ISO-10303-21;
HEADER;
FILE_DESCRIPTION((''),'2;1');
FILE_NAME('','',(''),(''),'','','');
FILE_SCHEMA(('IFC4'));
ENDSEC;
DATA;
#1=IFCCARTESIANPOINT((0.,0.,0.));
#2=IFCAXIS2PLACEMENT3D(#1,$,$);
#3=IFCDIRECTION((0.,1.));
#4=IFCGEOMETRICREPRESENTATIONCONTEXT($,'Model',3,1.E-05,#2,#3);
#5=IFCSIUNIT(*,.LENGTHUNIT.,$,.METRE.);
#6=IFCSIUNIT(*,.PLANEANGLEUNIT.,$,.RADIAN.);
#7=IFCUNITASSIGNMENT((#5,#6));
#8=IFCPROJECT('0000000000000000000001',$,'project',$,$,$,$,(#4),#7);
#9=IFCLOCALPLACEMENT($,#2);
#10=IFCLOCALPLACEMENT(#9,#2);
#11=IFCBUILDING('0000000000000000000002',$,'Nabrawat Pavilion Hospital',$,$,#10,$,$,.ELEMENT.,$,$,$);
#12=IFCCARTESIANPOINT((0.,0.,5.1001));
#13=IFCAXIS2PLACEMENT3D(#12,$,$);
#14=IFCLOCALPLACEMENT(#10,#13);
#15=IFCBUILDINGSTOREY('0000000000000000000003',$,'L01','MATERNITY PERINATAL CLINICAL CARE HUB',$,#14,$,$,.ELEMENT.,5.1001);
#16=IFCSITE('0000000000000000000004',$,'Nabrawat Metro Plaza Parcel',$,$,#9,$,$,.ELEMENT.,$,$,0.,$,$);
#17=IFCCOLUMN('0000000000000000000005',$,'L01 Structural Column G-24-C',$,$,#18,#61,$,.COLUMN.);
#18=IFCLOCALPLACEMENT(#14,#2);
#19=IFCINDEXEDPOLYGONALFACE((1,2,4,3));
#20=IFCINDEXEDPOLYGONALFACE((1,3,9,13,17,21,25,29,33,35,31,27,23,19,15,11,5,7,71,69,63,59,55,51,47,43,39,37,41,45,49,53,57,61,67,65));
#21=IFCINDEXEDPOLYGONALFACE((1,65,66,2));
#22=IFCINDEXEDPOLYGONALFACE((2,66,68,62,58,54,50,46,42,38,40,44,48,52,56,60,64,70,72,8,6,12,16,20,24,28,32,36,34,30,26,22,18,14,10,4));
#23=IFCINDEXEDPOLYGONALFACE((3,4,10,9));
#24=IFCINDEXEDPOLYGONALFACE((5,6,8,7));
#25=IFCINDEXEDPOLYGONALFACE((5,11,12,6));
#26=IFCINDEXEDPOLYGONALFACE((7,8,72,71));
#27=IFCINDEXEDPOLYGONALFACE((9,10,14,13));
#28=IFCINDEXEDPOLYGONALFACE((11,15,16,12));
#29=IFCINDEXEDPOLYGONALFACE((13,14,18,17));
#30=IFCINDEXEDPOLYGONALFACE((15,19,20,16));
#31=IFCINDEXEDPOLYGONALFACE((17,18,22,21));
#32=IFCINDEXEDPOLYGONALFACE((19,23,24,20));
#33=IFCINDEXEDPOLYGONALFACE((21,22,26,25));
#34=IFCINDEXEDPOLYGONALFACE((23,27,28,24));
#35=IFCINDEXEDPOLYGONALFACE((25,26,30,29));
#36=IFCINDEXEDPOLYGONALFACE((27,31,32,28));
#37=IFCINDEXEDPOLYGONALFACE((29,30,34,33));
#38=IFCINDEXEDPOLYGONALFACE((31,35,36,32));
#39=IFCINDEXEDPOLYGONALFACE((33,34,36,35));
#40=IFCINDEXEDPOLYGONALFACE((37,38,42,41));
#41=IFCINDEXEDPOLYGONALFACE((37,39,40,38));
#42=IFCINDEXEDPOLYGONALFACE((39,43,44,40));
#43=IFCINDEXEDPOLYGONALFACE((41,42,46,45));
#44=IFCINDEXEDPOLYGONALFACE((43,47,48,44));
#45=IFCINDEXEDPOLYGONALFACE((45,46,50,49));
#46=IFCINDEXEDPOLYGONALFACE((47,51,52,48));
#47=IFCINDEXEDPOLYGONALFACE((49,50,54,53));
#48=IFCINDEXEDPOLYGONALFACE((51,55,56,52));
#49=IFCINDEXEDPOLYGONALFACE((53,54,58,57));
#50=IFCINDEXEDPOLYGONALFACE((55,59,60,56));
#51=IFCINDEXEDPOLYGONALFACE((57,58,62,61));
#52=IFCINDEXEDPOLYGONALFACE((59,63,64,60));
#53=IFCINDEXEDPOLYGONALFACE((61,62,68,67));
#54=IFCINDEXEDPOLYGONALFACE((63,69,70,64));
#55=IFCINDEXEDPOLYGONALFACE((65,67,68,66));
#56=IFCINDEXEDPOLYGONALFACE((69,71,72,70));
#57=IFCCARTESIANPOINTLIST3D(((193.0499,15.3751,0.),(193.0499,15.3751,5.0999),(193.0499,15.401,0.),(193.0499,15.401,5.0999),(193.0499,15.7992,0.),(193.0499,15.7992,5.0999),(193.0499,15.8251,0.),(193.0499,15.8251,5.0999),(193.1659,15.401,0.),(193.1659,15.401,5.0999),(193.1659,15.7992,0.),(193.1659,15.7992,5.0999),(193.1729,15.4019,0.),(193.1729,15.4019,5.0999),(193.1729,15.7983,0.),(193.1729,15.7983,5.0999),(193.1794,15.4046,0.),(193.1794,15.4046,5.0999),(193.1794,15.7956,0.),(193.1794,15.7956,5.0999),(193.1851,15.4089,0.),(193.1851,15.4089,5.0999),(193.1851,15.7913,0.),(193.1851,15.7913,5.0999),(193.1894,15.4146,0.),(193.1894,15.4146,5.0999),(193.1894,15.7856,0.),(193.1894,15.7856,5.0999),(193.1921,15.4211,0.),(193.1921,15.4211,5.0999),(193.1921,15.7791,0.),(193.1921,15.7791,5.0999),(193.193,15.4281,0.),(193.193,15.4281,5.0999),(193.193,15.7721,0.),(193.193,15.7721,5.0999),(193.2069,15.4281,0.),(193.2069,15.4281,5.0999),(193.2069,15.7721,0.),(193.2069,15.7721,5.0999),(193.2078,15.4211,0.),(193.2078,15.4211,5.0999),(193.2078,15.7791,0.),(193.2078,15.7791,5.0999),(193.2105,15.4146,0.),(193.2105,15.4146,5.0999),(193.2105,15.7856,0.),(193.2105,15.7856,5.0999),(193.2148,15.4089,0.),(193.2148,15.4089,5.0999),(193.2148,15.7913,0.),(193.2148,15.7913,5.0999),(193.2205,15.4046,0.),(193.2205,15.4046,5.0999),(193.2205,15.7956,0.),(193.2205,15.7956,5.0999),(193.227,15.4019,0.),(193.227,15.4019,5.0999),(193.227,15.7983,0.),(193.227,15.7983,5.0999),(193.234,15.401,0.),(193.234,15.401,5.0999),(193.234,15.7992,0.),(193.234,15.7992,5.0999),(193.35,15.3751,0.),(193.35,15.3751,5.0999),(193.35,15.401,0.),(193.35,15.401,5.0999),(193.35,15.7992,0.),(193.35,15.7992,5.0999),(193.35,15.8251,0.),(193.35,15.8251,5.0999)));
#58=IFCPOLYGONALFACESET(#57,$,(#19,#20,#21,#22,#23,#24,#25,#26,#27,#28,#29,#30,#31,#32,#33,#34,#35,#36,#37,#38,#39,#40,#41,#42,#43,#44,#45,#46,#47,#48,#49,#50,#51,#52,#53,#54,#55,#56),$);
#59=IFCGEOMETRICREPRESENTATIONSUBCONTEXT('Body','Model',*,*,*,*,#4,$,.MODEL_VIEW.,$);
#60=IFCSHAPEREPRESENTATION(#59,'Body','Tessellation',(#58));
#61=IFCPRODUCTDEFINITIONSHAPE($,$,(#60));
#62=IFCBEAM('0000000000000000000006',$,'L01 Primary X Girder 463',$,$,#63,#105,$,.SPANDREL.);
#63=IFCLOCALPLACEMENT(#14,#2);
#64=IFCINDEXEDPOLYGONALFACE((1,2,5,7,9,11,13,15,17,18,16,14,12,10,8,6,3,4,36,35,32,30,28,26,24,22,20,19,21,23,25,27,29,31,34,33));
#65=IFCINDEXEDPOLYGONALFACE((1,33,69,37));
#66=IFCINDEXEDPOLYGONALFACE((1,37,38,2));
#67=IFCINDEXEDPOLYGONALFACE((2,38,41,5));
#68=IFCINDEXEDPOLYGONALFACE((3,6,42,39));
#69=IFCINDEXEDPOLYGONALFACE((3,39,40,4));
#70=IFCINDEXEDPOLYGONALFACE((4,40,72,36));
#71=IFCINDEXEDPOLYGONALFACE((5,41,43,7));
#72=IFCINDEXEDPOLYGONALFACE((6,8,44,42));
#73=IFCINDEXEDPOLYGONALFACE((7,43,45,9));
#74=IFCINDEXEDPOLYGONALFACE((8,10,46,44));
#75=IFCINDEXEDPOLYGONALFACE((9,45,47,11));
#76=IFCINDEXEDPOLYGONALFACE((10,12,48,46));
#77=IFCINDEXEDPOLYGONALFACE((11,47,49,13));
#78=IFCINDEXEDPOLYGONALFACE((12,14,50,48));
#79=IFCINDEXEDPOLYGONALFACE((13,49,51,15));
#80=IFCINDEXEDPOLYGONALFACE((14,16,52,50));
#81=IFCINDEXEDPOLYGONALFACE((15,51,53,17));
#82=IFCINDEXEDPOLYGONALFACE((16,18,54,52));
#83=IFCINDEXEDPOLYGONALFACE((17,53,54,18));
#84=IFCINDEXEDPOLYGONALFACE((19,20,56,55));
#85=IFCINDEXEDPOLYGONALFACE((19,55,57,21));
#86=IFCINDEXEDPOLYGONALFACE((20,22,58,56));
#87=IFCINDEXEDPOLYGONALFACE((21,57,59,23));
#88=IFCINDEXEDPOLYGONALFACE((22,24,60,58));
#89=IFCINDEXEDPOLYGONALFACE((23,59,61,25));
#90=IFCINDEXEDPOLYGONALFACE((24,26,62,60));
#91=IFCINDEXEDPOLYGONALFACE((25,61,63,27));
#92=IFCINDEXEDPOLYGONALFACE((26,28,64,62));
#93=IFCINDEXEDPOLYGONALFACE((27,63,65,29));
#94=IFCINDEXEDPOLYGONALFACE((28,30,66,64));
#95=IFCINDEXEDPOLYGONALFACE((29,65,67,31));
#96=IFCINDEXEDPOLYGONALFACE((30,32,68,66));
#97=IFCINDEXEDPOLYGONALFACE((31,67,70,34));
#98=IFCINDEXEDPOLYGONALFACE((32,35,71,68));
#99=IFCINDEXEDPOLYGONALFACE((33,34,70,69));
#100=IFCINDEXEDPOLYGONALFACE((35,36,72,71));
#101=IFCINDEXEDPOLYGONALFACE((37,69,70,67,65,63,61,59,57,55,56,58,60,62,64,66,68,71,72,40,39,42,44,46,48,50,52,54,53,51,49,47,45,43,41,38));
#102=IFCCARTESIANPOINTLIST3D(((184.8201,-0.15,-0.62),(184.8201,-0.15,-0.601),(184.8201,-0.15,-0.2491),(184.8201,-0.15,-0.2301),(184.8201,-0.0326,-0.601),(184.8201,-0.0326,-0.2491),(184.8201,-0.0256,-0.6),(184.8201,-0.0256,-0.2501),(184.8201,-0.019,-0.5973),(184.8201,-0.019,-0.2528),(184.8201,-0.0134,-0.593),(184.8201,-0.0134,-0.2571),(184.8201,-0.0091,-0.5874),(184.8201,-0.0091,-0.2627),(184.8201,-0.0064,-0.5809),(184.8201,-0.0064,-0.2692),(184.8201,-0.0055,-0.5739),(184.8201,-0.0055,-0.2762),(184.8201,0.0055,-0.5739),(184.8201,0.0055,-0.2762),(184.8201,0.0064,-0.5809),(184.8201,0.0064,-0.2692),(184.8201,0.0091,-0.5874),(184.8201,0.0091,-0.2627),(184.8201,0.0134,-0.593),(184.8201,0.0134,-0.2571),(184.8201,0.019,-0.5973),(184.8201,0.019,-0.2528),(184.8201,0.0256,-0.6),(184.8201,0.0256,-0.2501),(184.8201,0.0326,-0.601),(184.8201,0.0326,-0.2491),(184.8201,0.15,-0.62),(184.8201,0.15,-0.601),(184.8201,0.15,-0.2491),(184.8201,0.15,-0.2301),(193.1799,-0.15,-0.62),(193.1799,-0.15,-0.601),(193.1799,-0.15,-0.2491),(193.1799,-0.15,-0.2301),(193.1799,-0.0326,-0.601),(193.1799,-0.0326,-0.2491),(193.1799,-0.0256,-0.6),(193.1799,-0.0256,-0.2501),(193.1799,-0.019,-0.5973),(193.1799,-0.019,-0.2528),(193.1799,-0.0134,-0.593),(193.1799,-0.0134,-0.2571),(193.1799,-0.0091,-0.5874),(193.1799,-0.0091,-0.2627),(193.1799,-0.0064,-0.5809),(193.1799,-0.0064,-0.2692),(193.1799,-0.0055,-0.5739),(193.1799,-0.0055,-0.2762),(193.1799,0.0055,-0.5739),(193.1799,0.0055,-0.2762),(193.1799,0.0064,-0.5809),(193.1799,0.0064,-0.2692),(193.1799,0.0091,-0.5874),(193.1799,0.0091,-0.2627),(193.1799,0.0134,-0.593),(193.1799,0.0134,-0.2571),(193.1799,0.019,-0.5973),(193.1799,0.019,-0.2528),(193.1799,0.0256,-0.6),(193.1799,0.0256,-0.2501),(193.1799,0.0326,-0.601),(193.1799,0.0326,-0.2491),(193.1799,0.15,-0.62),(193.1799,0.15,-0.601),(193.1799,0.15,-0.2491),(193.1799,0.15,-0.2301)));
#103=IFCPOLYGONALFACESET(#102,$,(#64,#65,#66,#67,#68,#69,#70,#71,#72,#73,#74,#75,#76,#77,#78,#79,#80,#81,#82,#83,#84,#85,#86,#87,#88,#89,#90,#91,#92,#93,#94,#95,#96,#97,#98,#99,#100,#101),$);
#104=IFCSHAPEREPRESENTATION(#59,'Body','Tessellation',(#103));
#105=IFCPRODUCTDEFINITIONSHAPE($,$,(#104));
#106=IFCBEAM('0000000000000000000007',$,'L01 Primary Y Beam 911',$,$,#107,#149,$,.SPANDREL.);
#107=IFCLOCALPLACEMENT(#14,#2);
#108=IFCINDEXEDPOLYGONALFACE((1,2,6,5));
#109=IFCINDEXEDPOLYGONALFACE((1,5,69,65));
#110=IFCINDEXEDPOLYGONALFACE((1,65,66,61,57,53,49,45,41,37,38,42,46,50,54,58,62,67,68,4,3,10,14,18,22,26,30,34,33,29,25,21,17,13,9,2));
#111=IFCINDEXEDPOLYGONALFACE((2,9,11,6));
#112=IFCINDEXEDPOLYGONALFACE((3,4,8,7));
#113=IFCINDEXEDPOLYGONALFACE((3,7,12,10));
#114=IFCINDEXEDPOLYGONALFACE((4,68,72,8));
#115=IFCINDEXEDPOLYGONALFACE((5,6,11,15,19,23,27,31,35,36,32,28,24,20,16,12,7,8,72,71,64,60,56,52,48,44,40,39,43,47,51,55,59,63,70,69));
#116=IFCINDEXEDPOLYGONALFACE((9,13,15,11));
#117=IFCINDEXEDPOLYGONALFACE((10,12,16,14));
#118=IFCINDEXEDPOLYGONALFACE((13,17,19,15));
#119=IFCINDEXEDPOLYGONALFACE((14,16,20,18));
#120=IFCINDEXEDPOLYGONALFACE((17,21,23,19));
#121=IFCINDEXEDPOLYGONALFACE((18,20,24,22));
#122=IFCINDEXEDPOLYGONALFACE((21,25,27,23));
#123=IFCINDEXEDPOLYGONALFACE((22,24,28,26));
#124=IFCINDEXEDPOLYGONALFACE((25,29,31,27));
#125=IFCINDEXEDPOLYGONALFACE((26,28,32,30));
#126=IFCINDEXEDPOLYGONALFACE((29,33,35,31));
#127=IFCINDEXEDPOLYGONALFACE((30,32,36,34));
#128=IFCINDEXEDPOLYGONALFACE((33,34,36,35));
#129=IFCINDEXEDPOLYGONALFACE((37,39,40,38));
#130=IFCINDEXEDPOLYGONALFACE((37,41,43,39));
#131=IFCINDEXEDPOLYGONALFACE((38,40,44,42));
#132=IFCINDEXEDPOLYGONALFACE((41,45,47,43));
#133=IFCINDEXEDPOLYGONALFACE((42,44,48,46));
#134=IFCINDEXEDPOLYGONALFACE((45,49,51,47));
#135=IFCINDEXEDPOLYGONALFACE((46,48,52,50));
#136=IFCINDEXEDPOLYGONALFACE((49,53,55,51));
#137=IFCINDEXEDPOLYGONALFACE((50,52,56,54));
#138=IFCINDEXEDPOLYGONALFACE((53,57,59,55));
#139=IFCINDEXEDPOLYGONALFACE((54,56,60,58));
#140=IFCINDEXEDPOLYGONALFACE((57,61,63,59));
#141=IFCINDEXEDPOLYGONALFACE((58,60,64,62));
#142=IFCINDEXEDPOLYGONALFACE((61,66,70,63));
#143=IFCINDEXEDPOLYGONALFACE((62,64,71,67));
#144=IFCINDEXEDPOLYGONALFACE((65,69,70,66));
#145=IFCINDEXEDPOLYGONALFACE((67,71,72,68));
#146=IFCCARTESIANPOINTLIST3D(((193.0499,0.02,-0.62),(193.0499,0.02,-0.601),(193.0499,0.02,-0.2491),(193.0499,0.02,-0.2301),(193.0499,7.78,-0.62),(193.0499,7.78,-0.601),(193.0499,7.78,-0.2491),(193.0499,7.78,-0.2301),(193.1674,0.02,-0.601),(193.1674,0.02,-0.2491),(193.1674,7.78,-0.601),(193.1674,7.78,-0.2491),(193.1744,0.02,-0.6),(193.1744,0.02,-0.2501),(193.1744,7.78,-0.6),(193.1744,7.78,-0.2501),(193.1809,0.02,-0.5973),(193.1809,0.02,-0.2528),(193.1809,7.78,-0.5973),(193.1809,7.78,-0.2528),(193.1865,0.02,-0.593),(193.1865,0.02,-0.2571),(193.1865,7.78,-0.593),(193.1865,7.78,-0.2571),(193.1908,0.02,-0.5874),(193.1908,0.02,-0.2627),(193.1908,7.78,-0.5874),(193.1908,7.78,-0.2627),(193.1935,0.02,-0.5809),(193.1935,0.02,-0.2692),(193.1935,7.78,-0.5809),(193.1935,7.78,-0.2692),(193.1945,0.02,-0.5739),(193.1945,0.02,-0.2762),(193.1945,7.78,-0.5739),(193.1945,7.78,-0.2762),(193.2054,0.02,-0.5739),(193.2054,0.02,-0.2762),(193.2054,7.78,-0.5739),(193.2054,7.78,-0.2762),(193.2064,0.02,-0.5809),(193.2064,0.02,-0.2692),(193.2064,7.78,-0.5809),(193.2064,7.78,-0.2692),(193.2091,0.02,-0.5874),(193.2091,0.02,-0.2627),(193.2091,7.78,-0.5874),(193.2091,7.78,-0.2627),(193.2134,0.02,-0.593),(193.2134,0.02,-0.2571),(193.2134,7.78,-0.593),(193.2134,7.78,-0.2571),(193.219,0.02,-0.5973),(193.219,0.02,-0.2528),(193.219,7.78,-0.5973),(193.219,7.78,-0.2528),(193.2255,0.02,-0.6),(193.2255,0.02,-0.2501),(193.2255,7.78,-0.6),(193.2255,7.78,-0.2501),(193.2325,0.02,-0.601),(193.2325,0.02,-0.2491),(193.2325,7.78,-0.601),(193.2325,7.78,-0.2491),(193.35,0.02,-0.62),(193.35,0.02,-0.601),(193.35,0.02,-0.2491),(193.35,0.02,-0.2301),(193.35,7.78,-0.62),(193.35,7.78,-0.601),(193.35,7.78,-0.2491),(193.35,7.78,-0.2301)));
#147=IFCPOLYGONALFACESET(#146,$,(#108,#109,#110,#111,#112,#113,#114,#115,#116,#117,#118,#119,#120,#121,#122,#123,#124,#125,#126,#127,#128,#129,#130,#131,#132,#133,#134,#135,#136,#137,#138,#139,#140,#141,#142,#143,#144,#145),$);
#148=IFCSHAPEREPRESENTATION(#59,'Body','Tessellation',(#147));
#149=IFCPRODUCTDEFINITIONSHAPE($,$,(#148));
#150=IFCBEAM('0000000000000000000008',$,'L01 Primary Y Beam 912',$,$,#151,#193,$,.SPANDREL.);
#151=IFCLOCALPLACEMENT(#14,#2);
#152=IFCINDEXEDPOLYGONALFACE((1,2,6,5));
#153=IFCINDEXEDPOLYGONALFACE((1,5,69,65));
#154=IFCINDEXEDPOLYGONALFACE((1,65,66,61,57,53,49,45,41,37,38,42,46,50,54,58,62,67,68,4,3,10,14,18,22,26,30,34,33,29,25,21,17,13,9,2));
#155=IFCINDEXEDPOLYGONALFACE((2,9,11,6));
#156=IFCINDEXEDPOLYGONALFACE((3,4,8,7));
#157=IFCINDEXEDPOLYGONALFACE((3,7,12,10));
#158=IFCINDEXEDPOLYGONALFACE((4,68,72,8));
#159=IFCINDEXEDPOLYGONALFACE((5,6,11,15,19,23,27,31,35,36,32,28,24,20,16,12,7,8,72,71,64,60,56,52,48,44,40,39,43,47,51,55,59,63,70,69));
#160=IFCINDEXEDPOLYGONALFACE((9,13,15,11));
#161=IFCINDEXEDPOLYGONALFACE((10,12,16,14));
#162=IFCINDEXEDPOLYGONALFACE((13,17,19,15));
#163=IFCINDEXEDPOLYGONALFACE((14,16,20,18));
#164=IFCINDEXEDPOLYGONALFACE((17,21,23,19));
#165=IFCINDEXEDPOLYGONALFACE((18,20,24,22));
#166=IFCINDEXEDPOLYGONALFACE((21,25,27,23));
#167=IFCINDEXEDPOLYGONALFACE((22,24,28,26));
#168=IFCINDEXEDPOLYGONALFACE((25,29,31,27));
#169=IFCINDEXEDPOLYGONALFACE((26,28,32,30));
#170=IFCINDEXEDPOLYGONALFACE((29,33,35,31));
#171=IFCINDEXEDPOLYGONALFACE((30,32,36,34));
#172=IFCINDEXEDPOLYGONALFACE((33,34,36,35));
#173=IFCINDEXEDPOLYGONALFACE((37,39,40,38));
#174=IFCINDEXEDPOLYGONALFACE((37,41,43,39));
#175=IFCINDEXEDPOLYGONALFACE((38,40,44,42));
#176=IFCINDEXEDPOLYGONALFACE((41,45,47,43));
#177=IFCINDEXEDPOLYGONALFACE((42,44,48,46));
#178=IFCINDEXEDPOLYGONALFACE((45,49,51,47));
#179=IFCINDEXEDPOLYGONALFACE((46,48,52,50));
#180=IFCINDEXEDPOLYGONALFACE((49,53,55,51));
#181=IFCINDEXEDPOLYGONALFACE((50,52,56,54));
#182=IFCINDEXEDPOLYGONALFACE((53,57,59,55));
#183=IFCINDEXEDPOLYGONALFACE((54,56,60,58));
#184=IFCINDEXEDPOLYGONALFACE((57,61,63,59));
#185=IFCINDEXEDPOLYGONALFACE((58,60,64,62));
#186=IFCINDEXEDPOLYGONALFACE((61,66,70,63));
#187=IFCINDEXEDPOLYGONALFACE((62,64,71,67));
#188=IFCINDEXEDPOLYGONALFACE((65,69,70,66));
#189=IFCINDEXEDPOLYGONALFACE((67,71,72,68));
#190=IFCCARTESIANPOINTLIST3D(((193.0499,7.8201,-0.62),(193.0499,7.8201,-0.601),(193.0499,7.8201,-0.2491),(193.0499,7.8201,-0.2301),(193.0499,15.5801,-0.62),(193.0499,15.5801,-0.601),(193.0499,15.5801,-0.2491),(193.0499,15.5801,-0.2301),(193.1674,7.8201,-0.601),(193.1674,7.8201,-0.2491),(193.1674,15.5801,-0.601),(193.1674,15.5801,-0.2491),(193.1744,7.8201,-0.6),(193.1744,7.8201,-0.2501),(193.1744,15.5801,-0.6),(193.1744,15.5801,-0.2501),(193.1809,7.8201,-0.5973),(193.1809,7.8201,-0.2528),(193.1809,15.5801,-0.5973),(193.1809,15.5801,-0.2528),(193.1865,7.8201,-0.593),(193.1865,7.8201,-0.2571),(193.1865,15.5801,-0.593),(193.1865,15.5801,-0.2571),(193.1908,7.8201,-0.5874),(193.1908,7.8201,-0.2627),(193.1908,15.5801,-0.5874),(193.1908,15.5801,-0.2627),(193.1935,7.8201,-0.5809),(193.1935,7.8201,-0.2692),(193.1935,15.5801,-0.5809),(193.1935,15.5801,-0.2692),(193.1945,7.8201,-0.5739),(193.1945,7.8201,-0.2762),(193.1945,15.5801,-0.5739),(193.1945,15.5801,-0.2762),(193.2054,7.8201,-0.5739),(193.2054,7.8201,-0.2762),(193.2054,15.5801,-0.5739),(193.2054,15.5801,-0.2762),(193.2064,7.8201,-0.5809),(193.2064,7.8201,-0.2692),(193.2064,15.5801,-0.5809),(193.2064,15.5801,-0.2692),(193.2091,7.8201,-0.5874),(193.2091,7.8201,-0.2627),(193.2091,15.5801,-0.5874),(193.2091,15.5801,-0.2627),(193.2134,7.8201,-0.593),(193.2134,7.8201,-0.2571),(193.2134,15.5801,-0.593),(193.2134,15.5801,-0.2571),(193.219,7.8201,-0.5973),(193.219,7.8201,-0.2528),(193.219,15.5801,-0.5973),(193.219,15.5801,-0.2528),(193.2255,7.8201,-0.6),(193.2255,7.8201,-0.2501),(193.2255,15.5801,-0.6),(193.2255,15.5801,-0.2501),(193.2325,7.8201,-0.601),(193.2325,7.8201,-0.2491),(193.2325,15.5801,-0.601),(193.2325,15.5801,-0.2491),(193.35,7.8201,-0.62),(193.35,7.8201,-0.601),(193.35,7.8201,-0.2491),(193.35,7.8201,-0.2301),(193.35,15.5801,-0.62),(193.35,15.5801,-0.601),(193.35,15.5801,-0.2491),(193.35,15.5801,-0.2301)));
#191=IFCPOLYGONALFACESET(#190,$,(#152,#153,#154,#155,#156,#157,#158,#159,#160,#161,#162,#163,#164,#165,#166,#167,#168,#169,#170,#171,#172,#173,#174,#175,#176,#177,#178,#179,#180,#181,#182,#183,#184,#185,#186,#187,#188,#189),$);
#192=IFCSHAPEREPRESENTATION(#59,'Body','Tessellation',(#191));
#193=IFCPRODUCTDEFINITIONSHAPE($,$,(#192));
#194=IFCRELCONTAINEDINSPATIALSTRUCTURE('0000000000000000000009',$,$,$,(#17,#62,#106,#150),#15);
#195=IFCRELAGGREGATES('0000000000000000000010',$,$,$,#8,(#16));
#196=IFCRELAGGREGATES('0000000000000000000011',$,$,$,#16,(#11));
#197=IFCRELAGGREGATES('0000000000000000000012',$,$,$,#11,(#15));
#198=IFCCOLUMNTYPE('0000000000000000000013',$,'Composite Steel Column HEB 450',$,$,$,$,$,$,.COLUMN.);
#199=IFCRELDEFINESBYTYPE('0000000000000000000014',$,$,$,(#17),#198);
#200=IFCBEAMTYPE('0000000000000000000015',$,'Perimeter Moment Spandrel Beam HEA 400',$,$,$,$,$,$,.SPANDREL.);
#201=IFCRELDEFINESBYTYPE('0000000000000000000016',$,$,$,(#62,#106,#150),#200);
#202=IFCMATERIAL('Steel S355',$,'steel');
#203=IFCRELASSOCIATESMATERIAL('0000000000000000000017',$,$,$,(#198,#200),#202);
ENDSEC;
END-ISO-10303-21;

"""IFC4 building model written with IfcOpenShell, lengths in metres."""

from ifc_helpers import new_model, si_unit, direction, frame, origin, origin_2d, place, context, subcontext, project, spatial, i_section, extrude, material, material_profile, profile_set, type_object, element, save


model = new_model("IFC4")

# Units and contexts
model_context = context("Model", 3, precision=1e-05, world=origin(), true_north=direction((0.0, 1.0)))
body_context = subcontext(model_context, "Body", "Model", "MODEL_VIEW")
ifc_project = project(units=[si_unit("LENGTHUNIT", "METRE"), si_unit("PLANEANGLEUNIT", "RADIAN")], contexts=[model_context])

# Site, building, storey
site_placement = place(None, origin())
site = spatial("IfcSite", under=ifc_project, at=site_placement, Name="Nabrawat Metro Plaza Parcel", CompositionType="ELEMENT", RefElevation=0.0)
building_placement = place(site_placement, origin())
building = spatial("IfcBuilding", under=site, at=building_placement, Name="Nabrawat Pavilion Hospital", CompositionType="ELEMENT")
storey_placement = place(building_placement, frame((0.0, 0.0, 5.1001)))
storey = spatial("IfcBuildingStorey", under=building, at=storey_placement, Name="L01", Description="MATERNITY PERINATAL CLINICAL CARE HUB", CompositionType="ELEMENT", Elevation=5.1001)

# Column
ifc_material_1 = material(Name="Steel S355", Category="steel")
ifc_material_profile_1 = material_profile(ifc_material_1, i_section(OverallWidth=0.3, OverallDepth=0.45, WebThickness=0.0139, FlangeThickness=0.0259, FilletRadius=0.0271, at=origin_2d()), Name="HEB 450")
ifc_profile_set_1 = profile_set([ifc_material_profile_1], Name="Steel S355")
column_type = type_object("IfcColumnType", Name="Composite Steel Column HEB 450", PredefinedType="COLUMN", material=ifc_profile_set_1)
for number, where, z_axis, x_axis, name in (
    (1, (193.2, 15.6001, 0.0), (0.0, 0.0, 1.0), (1.0, 0.0, 0.0), "L01 Structural Column G-24-C"),
):
    element("IfcColumn", number, at=place(storey_placement, frame(where, z_axis=z_axis, x_axis=x_axis)), inside=storey, type_object=column_type, Name=name, PredefinedType="COLUMN", context=body_context, shape_type="SweptSolid", body=[
        extrude(i_section(OverallWidth=0.3, OverallDepth=0.45, WebThickness=0.0139, FlangeThickness=0.0259, FilletRadius=0.0271, at=origin_2d()), origin(), (0.0, 0.0, 1.0), 5.0999),
    ])

# Beams
ifc_material_profile_2 = material_profile(ifc_material_1, i_section(OverallWidth=0.3, OverallDepth=0.3899, WebThickness=0.011, FlangeThickness=0.019, FilletRadius=0.0271, at=origin_2d()), Name="HEA 400")
ifc_profile_set_2 = profile_set([ifc_material_profile_2], Name="Steel S355")
beam_type_1 = type_object("IfcBeamType", Name="Perimeter Moment Spandrel Beam HEA 400", PredefinedType="SPANDREL", material=ifc_profile_set_2)
beam_1_placement = place(storey_placement, frame((184.8201, 0.0, -0.425), z_axis=(1.0, 0.0, 0.0), x_axis=(0.0, 1.0, 0.0)))
element("IfcBeam", 2, at=beam_1_placement, inside=storey, type_object=beam_type_1, Name="L01 Primary X Girder 463", PredefinedType="SPANDREL", context=body_context, shape_type="SweptSolid", body=[
    extrude(i_section(OverallWidth=0.3, OverallDepth=0.3899, WebThickness=0.011, FlangeThickness=0.019, FilletRadius=0.0271, at=origin_2d()), origin(), (0.0, 0.0, 1.0), 8.3599),
])
for number, where, z_axis, x_axis, name in (
    (3, (193.2, 0.02, -0.425), (0.0, 1.0, 0.0), (-1.0, 0.0, 0.0), "L01 Primary Y Beam 911"),
    (4, (193.2, 7.8201, -0.425), (0.0, 1.0, 0.0), (-1.0, 0.0, 0.0), "L01 Primary Y Beam 912"),
):
    element("IfcBeam", number, at=place(storey_placement, frame(where, z_axis=z_axis, x_axis=x_axis)), inside=storey, type_object=beam_type_1, Name=name, PredefinedType="SPANDREL", context=body_context, shape_type="SweptSolid", body=[
        extrude(i_section(OverallWidth=0.3, OverallDepth=0.3899, WebThickness=0.011, FlangeThickness=0.019, FilletRadius=0.0271, at=origin_2d()), origin(), (0.0, 0.0, 1.0), 7.76),
    ])

save(model, "model.ifc")
